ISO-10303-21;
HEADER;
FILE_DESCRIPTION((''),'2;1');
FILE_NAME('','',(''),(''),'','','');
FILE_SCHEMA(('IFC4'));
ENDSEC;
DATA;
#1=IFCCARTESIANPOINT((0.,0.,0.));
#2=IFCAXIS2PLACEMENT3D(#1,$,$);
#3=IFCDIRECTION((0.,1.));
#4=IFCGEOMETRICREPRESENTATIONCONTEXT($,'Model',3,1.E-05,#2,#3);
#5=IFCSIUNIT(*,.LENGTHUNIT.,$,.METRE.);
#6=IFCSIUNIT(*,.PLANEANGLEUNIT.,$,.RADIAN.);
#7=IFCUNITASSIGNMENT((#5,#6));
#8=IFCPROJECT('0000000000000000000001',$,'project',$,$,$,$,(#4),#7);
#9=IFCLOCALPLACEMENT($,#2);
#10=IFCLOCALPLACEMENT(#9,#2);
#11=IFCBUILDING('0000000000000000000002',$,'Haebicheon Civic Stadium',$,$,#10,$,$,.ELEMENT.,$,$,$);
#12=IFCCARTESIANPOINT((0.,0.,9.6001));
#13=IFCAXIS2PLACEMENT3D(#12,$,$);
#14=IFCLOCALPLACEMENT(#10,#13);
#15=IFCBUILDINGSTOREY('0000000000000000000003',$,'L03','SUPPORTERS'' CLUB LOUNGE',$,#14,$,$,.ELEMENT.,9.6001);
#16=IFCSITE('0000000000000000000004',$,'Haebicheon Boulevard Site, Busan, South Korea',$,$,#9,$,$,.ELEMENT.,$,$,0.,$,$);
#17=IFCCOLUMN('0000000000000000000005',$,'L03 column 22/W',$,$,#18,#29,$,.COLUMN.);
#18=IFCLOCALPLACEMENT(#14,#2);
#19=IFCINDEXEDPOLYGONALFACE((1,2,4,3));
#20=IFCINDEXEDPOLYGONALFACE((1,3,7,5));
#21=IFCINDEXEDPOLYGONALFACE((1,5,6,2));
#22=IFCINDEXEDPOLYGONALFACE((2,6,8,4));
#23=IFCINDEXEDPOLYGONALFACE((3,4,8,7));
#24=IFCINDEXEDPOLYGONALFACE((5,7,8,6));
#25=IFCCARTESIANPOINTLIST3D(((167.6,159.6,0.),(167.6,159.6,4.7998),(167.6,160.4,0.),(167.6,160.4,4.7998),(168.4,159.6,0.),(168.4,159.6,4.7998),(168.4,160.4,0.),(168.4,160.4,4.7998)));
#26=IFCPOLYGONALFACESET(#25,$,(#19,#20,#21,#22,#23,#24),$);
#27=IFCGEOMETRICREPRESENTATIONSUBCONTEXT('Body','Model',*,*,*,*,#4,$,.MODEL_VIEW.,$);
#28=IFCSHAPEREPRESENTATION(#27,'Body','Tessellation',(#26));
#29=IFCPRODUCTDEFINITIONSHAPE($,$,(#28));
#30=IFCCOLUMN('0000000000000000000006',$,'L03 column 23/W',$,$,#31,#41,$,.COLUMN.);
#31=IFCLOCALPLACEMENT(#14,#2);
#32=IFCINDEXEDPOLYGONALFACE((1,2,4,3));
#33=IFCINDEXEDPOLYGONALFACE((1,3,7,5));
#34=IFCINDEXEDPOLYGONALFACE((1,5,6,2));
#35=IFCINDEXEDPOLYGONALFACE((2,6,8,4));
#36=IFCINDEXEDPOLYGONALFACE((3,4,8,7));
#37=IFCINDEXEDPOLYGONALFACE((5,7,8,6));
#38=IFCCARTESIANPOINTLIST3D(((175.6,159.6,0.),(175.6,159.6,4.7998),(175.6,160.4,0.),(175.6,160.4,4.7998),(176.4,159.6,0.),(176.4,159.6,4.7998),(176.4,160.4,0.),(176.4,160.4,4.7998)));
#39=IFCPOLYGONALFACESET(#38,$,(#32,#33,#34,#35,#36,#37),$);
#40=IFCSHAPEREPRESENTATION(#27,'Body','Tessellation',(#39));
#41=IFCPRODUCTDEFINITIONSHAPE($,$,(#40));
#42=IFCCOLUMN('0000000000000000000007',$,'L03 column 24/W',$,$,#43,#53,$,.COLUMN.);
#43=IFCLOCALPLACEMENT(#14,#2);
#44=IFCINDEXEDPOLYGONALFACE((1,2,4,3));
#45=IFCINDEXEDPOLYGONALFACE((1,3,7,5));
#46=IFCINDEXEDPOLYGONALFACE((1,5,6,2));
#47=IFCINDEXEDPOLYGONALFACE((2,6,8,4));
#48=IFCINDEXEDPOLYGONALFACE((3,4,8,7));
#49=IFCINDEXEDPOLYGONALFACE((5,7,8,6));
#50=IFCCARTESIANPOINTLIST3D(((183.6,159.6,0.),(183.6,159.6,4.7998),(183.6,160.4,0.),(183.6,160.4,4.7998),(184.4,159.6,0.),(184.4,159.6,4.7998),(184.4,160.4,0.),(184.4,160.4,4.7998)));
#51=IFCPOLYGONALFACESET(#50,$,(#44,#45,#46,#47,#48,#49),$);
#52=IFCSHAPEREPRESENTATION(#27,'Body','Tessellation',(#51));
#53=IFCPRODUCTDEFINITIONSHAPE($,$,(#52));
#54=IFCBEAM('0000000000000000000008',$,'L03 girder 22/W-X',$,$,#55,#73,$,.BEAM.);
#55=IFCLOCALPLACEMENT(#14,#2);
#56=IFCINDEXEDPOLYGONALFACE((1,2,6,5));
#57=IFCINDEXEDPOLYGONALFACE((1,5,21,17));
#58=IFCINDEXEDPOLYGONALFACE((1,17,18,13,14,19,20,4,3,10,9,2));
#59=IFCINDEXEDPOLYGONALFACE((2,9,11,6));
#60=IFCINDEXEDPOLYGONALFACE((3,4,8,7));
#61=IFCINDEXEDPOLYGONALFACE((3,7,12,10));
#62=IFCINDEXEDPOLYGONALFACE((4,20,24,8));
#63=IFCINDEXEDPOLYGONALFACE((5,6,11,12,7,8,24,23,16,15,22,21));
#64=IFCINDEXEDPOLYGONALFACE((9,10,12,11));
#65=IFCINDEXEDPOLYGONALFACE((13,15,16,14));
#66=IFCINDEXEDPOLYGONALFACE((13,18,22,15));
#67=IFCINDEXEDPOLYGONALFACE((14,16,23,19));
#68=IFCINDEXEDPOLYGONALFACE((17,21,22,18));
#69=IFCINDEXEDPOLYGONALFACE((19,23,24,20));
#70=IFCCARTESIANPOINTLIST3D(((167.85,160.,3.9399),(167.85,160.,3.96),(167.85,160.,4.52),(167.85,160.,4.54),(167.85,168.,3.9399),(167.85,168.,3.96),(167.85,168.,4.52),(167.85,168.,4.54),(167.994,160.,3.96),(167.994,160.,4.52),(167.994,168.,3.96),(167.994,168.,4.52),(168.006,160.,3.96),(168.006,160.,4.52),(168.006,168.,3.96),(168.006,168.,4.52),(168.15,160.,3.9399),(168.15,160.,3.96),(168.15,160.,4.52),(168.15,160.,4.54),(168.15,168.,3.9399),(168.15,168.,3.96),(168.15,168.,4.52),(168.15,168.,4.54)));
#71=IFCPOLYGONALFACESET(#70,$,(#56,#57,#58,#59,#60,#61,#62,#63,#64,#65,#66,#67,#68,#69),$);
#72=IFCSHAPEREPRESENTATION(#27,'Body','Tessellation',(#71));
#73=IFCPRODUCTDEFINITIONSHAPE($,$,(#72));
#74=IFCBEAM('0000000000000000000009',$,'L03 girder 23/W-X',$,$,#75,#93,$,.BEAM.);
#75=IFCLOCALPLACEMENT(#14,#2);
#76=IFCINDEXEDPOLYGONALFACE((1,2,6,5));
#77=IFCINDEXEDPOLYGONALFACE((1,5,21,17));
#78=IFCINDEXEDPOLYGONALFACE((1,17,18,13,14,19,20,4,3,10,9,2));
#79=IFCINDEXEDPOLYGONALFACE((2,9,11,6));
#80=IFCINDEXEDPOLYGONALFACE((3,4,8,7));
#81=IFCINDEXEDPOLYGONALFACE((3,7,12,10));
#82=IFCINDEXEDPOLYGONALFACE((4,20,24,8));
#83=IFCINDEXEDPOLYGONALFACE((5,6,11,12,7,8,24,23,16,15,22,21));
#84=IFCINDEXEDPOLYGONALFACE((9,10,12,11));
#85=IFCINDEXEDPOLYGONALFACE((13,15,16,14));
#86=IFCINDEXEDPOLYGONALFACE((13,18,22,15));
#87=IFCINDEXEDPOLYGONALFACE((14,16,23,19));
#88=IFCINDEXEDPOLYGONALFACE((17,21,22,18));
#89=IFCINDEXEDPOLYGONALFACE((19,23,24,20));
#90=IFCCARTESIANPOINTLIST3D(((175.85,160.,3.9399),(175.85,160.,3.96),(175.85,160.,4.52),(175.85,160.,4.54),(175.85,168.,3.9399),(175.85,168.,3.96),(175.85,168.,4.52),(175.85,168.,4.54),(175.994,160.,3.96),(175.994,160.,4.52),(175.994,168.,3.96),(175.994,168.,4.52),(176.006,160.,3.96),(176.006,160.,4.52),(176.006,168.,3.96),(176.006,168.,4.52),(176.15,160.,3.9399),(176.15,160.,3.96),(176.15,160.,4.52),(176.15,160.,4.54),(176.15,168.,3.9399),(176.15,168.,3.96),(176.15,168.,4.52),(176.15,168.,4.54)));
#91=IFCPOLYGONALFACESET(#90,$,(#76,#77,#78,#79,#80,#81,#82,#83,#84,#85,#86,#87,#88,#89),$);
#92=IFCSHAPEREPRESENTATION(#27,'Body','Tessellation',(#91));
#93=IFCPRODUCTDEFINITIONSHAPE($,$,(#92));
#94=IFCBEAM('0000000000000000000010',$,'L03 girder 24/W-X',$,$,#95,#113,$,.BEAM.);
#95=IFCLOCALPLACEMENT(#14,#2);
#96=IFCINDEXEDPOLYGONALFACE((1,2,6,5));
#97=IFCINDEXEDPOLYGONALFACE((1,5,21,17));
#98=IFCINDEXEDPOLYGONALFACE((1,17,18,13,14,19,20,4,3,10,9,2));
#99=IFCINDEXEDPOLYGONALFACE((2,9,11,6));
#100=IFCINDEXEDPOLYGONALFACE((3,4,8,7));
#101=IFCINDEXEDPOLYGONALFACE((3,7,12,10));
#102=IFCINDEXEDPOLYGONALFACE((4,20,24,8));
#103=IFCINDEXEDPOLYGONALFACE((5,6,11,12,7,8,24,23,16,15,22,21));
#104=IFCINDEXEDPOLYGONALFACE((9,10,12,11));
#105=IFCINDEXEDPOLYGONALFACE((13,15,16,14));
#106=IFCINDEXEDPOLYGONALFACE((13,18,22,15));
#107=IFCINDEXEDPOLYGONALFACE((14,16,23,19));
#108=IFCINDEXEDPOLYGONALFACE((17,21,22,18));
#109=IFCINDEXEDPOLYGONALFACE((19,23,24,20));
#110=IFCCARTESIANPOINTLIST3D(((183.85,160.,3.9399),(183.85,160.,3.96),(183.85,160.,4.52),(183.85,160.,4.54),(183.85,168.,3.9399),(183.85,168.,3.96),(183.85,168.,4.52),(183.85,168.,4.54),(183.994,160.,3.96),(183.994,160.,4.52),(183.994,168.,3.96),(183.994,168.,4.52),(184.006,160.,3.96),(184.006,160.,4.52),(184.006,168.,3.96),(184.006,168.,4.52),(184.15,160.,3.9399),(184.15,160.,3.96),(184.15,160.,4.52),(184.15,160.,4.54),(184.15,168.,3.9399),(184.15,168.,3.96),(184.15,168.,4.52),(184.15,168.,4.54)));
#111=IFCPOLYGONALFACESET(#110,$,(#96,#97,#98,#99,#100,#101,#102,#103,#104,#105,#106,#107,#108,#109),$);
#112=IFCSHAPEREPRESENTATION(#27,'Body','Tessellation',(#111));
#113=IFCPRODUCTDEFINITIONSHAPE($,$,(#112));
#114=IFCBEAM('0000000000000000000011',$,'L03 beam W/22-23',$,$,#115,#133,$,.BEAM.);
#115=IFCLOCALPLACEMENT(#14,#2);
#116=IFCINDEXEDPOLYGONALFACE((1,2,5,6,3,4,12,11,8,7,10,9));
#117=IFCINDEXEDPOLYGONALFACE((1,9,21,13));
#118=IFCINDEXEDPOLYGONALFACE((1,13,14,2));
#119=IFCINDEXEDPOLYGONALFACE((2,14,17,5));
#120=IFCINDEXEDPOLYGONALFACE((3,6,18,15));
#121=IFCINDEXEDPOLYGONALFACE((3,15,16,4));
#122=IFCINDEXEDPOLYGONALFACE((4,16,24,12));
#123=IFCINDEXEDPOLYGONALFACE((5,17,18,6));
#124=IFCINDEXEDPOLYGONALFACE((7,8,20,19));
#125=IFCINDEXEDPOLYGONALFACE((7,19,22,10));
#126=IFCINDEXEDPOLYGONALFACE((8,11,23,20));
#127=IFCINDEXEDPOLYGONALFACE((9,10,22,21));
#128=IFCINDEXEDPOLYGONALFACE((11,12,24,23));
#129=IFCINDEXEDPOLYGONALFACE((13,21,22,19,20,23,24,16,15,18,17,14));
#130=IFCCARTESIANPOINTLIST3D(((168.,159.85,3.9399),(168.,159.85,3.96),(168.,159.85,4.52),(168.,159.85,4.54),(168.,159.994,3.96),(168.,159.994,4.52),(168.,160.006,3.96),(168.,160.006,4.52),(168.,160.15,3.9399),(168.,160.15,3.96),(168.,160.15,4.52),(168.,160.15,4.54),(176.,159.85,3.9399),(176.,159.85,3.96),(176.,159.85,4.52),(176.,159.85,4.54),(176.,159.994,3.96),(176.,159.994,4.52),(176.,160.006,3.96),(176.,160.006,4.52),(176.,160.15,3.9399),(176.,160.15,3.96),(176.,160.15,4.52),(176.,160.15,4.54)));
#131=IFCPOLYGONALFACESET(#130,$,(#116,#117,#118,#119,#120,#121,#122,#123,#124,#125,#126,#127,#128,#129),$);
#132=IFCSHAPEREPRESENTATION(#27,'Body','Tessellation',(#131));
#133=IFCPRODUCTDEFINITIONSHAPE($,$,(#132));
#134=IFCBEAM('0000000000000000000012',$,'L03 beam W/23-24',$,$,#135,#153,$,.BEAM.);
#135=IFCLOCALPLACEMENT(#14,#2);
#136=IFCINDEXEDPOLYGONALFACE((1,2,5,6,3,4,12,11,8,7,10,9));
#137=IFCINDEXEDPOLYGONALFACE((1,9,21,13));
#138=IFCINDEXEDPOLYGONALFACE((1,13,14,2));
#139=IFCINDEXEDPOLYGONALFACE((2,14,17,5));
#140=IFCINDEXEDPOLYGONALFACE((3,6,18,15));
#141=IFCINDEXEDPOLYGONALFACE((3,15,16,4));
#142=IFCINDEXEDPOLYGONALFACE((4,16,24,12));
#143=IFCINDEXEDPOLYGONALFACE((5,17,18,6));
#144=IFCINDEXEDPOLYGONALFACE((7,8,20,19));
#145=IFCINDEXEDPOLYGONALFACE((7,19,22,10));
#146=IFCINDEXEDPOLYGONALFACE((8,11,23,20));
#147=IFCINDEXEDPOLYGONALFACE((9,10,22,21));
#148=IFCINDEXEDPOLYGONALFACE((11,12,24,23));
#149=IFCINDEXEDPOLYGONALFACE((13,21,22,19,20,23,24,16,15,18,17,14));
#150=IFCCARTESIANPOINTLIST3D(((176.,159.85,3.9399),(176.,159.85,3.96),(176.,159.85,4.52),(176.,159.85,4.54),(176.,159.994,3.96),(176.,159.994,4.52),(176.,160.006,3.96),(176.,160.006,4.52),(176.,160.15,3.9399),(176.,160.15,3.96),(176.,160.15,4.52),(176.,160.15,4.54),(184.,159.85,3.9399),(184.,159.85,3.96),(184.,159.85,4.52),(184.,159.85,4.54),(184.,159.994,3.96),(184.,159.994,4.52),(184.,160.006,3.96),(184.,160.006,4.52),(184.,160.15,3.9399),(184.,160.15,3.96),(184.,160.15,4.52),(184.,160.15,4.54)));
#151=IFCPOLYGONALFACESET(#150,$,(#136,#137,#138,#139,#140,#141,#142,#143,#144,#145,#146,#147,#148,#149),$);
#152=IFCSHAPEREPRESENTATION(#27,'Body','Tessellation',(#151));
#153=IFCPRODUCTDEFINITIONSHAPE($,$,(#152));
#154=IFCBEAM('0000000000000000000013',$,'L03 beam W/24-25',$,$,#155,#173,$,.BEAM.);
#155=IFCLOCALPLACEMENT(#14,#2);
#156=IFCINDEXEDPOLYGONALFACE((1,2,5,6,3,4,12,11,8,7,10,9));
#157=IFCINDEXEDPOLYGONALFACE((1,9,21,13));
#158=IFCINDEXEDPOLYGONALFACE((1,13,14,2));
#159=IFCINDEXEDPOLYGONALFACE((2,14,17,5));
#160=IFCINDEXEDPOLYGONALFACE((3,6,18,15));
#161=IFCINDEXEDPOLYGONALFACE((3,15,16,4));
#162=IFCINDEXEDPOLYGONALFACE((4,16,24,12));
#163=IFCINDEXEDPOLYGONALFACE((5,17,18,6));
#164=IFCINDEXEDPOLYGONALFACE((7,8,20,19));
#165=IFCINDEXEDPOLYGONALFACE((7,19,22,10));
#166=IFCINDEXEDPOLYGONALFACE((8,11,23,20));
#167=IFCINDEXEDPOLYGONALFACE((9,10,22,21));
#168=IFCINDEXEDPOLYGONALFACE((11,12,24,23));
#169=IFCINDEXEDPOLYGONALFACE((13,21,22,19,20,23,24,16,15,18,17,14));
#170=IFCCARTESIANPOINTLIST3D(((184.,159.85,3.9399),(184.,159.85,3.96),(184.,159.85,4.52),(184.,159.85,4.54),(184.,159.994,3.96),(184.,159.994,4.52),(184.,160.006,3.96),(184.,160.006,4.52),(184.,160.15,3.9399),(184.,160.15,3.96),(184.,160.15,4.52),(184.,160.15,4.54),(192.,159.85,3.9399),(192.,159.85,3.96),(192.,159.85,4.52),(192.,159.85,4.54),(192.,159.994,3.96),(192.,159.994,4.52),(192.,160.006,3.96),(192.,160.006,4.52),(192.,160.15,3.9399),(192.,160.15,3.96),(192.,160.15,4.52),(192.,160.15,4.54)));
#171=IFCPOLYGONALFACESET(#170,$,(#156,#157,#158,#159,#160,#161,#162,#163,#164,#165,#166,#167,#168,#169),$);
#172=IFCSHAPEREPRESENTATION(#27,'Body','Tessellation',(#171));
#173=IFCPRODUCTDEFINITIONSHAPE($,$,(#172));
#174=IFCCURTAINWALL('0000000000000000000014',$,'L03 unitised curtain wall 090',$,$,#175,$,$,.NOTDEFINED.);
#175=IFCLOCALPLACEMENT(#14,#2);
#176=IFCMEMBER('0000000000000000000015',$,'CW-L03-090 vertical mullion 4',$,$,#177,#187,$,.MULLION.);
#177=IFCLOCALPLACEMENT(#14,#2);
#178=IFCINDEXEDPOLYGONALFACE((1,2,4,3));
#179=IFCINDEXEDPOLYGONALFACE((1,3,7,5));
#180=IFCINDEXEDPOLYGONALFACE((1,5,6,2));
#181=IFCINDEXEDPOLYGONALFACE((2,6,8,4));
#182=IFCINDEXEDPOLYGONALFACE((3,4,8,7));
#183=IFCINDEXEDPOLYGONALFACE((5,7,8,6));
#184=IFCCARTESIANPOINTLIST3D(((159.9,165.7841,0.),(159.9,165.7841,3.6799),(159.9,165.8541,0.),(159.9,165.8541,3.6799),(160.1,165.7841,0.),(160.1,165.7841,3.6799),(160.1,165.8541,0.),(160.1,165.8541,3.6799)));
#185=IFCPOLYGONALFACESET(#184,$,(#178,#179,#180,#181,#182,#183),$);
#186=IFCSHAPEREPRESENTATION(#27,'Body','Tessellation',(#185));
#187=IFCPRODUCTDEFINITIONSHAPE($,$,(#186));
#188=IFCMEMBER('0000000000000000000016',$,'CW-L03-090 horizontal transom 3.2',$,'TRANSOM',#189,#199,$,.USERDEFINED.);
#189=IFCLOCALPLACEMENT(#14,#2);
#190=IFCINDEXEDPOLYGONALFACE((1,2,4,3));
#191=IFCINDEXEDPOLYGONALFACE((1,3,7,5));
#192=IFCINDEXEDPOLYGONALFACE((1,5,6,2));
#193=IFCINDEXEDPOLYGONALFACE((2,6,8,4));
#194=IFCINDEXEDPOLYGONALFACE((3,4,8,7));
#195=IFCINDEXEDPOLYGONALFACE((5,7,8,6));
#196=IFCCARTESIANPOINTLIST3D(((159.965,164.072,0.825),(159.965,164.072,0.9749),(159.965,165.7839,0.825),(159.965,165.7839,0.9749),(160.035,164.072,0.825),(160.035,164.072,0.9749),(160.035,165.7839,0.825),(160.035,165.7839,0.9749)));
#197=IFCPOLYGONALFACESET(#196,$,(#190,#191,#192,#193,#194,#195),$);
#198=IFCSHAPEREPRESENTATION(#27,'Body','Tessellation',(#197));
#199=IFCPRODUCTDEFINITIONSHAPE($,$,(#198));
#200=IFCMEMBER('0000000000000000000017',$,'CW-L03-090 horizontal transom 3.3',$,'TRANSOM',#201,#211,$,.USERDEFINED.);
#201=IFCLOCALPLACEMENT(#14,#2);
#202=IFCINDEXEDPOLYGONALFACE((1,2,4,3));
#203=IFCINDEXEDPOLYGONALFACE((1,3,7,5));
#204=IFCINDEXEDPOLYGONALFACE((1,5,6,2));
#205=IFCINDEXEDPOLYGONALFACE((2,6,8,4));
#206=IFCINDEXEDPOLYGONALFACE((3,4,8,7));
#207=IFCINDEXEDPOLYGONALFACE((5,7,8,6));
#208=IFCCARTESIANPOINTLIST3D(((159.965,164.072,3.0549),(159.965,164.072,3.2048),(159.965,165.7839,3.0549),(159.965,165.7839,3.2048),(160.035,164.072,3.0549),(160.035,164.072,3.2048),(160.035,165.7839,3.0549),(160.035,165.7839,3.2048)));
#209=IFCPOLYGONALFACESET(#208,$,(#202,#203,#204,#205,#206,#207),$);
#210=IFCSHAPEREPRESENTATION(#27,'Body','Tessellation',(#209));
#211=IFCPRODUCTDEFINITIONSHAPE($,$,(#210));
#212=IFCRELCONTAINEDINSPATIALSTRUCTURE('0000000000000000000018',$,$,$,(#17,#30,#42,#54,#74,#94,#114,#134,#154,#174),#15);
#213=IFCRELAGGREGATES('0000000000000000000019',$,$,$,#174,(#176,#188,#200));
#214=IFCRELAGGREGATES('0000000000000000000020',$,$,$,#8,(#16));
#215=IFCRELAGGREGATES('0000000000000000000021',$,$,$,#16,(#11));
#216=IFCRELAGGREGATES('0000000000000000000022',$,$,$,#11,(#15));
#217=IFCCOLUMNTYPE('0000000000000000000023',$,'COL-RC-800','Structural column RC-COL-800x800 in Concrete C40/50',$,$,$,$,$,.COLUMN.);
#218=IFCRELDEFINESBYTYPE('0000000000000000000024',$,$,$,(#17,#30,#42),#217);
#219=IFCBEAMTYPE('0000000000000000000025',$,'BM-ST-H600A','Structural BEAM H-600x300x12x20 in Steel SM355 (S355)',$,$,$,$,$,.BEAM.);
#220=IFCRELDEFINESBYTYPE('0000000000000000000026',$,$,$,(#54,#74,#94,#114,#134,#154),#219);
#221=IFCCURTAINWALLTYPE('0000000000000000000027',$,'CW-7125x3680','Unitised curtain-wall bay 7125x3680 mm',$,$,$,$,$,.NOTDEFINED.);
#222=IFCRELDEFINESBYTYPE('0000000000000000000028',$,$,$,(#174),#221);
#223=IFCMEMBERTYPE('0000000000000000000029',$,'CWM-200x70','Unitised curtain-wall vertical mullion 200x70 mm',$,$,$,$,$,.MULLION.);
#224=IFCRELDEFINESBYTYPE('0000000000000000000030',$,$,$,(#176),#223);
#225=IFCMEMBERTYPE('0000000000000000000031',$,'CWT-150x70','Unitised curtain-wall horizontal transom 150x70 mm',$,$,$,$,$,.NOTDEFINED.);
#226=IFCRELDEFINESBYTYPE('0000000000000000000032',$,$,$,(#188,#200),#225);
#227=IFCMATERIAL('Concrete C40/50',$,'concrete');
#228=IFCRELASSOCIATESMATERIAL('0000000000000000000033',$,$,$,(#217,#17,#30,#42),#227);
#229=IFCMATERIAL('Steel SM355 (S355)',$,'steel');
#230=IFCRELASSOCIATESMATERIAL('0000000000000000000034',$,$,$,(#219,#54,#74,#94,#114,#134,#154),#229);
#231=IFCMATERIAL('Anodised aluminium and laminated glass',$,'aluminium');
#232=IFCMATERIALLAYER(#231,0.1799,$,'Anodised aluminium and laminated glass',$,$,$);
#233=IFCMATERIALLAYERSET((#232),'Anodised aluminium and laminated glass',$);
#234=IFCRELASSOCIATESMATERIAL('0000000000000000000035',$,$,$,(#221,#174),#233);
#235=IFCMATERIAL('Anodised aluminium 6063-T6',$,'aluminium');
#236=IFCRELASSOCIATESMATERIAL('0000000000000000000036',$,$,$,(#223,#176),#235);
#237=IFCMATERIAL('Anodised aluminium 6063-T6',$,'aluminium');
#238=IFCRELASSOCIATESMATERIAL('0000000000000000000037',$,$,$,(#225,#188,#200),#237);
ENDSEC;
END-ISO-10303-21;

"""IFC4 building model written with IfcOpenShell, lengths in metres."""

from ifc_helpers import new_model, si_unit, direction, frame, origin, origin_2d, place, context, subcontext, project, spatial, rectangle, i_section, extrude, material, layer, layer_set, material_profile, profile_set, type_object, element, aggregate, save


model = new_model("IFC4")

# Units and contexts
model_context = context("Model", 3, precision=1e-05, world=origin(), true_north=direction((0.0, 1.0)))
body_context = subcontext(model_context, "Body", "Model", "MODEL_VIEW")
ifc_project = project(units=[si_unit("LENGTHUNIT", "METRE"), si_unit("PLANEANGLEUNIT", "RADIAN")], contexts=[model_context])

# Site, building, storey
site_placement = place(None, origin())
site = spatial("IfcSite", under=ifc_project, at=site_placement, Name="Haebicheon Boulevard Site, Busan, South Korea", CompositionType="ELEMENT", RefElevation=0.0)
building_placement = place(site_placement, origin())
building = spatial("IfcBuilding", under=site, at=building_placement, Name="Haebicheon Civic Stadium", CompositionType="ELEMENT")
storey_placement = place(building_placement, frame((0.0, 0.0, 9.6001)))
storey = spatial("IfcBuildingStorey", under=building, at=storey_placement, Name="L03", Description="SUPPORTERS' CLUB LOUNGE", CompositionType="ELEMENT", Elevation=9.6001)

# Columns
ifc_material_1 = material(Name="Concrete C40/50", Category="concrete")
ifc_material_profile_1 = material_profile(ifc_material_1, rectangle(XDim=0.8, YDim=0.8, at=origin_2d()), Name="RC-COL-800x800")
ifc_profile_set_1 = profile_set([ifc_material_profile_1], Name="Concrete C40/50")
column_type = type_object("IfcColumnType", Name="COL-RC-800", Description="Structural column RC-COL-800x800 in Concrete C40/50", PredefinedType="COLUMN", material=ifc_profile_set_1)
for number, where, z_axis, x_axis, name in (
    (1, (168.0, 160.0, 0.0), (0.0, 0.0, 1.0), (1.0, 0.0, 0.0), "L03 column 22/W"),
    (2, (176.0, 160.0, 0.0), (0.0, 0.0, 1.0), (1.0, 0.0, 0.0), "L03 column 23/W"),
    (3, (184.0, 160.0, 0.0), (0.0, 0.0, 1.0), (1.0, 0.0, 0.0), "L03 column 24/W"),
):
    element("IfcColumn", number, at=place(storey_placement, frame(where, z_axis=z_axis, x_axis=x_axis)), inside=storey, type_object=column_type, material=ifc_profile_set_1, Name=name, PredefinedType="COLUMN", context=body_context, shape_type="SweptSolid", body=[
        extrude(rectangle(XDim=0.8, YDim=0.8, at=origin_2d()), origin(), (0.0, 0.0, 1.0), 4.7998),
    ])

# Beams
ifc_material_2 = material(Name="Steel SM355 (S355)", Category="steel")
ifc_material_profile_2 = material_profile(ifc_material_2, i_section(OverallWidth=0.3, OverallDepth=0.6001, WebThickness=0.012, FlangeThickness=0.02, at=origin_2d()), Name="H-600x300x12x20")
ifc_profile_set_2 = profile_set([ifc_material_profile_2], Name="Steel SM355 (S355)")
beam_type_1 = type_object("IfcBeamType", Name="BM-ST-H600A", Description="Structural BEAM H-600x300x12x20 in Steel SM355 (S355)", PredefinedType="BEAM", material=ifc_profile_set_2)
for number, where, z_axis, x_axis, name in (
    (4, (168.0, 160.0, 4.24), (0.0, 1.0, 0.0), (-1.0, 0.0, 0.0), "L03 girder 22/W-X"),
    (5, (176.0, 160.0, 4.24), (0.0, 1.0, 0.0), (-1.0, 0.0, 0.0), "L03 girder 23/W-X"),
    (6, (184.0, 160.0, 4.24), (0.0, 1.0, 0.0), (-1.0, 0.0, 0.0), "L03 girder 24/W-X"),
    (7, (168.0, 160.0, 4.24), (1.0, 0.0, 0.0), (0.0, 1.0, 0.0), "L03 beam W/22-23"),
    (8, (176.0, 160.0, 4.24), (1.0, 0.0, 0.0), (0.0, 1.0, 0.0), "L03 beam W/23-24"),
    (9, (184.0, 160.0, 4.24), (1.0, 0.0, 0.0), (0.0, 1.0, 0.0), "L03 beam W/24-25"),
):
    element("IfcBeam", number, at=place(storey_placement, frame(where, z_axis=z_axis, x_axis=x_axis)), inside=storey, type_object=beam_type_1, material=ifc_profile_set_2, Name=name, PredefinedType="BEAM", context=body_context, shape_type="SweptSolid", body=[
        extrude(i_section(OverallWidth=0.3, OverallDepth=0.6001, WebThickness=0.012, FlangeThickness=0.02, at=origin_2d()), origin(), (0.0, 0.0, 1.0), 8.0),
    ])

# Curtain wall, members
ifc_material_3 = material(Name="Anodised aluminium and laminated glass", Category="aluminium")
ifc_layer_1 = layer(ifc_material_3, 0.1799, Name="Anodised aluminium and laminated glass")
ifc_layer_set_1 = layer_set([ifc_layer_1], Name="Anodised aluminium and laminated glass")
curtain_wall_type = type_object("IfcCurtainWallType", Name="CW-7125x3680", Description="Unitised curtain-wall bay 7125x3680 mm", PredefinedType="NOTDEFINED", material=ifc_layer_set_1)
curtain_wall_placement = place(storey_placement, origin())
curtain_wall = element("IfcCurtainWall", 10, at=curtain_wall_placement, inside=storey, type_object=curtain_wall_type, material=ifc_layer_set_1, Name="L03 unitised curtain wall 090", PredefinedType="NOTDEFINED")
ifc_material_4 = material(Name="Anodised aluminium 6063-T6", Category="aluminium")
ifc_material_profile_3 = material_profile(ifc_material_4, rectangle(XDim=0.0701, YDim=0.2, at=origin_2d()), Name="ALU-MULL-70x200")
ifc_profile_set_3 = profile_set([ifc_material_profile_3], Name="Anodised aluminium 6063-T6")
member_type_1 = type_object("IfcMemberType", Name="CWM-200x70", Description="Unitised curtain-wall vertical mullion 200x70 mm", PredefinedType="MULLION", material=ifc_profile_set_3)
member_1_placement = place(storey_placement, frame((160.0, 165.8191, 0.0), z_axis=(0.0, 0.0, 1.0), x_axis=(0.0, 1.0, 0.0)))
member_1 = element("IfcMember", 11, at=member_1_placement, type_object=member_type_1, material=ifc_profile_set_3, Name="CW-L03-090 vertical mullion 4", PredefinedType="MULLION", context=body_context, shape_type="SweptSolid", body=[
    extrude(rectangle(XDim=0.0701, YDim=0.2, at=origin_2d()), origin(), (0.0, 0.0, 1.0), 3.6799),
])
ifc_material_5 = material(Name="Anodised aluminium 6063-T6", Category="aluminium")
ifc_material_profile_4 = material_profile(ifc_material_5, rectangle(XDim=0.0701, YDim=0.1499, at=origin_2d()), Name="ALU-TRAN-70x150")
ifc_profile_set_4 = profile_set([ifc_material_profile_4], Name="Anodised aluminium 6063-T6")
member_type_2 = type_object("IfcMemberType", Name="CWT-150x70", Description="Unitised curtain-wall horizontal transom 150x70 mm", PredefinedType="NOTDEFINED", material=ifc_profile_set_4)
member_2_placement = place(storey_placement, frame((160.0, 164.072, 0.8999), z_axis=(0.0, 1.0, 0.0), x_axis=(-1.0, 0.0, 0.0)))
member_2 = element("IfcMember", 12, at=member_2_placement, type_object=member_type_2, material=ifc_profile_set_4, Name="CW-L03-090 horizontal transom 3.2", ObjectType="TRANSOM", PredefinedType="USERDEFINED", context=body_context, shape_type="SweptSolid", body=[
    extrude(rectangle(XDim=0.0701, YDim=0.1499, at=origin_2d()), origin(), (0.0, 0.0, 1.0), 1.7119),
])
member_3_placement = place(storey_placement, frame((160.0, 164.072, 3.1299), z_axis=(0.0, 1.0, 0.0), x_axis=(-1.0, 0.0, 0.0)))
member_3 = element("IfcMember", 13, at=member_3_placement, type_object=member_type_2, material=ifc_profile_set_4, Name="CW-L03-090 horizontal transom 3.3", ObjectType="TRANSOM", PredefinedType="USERDEFINED", context=body_context, shape_type="SweptSolid", body=[
    extrude(rectangle(XDim=0.0701, YDim=0.1499, at=origin_2d()), origin(), (0.0, 0.0, 1.0), 1.7119),
])

aggregate(curtain_wall, [member_1, member_2, member_3])

save(model, "model.ifc")
